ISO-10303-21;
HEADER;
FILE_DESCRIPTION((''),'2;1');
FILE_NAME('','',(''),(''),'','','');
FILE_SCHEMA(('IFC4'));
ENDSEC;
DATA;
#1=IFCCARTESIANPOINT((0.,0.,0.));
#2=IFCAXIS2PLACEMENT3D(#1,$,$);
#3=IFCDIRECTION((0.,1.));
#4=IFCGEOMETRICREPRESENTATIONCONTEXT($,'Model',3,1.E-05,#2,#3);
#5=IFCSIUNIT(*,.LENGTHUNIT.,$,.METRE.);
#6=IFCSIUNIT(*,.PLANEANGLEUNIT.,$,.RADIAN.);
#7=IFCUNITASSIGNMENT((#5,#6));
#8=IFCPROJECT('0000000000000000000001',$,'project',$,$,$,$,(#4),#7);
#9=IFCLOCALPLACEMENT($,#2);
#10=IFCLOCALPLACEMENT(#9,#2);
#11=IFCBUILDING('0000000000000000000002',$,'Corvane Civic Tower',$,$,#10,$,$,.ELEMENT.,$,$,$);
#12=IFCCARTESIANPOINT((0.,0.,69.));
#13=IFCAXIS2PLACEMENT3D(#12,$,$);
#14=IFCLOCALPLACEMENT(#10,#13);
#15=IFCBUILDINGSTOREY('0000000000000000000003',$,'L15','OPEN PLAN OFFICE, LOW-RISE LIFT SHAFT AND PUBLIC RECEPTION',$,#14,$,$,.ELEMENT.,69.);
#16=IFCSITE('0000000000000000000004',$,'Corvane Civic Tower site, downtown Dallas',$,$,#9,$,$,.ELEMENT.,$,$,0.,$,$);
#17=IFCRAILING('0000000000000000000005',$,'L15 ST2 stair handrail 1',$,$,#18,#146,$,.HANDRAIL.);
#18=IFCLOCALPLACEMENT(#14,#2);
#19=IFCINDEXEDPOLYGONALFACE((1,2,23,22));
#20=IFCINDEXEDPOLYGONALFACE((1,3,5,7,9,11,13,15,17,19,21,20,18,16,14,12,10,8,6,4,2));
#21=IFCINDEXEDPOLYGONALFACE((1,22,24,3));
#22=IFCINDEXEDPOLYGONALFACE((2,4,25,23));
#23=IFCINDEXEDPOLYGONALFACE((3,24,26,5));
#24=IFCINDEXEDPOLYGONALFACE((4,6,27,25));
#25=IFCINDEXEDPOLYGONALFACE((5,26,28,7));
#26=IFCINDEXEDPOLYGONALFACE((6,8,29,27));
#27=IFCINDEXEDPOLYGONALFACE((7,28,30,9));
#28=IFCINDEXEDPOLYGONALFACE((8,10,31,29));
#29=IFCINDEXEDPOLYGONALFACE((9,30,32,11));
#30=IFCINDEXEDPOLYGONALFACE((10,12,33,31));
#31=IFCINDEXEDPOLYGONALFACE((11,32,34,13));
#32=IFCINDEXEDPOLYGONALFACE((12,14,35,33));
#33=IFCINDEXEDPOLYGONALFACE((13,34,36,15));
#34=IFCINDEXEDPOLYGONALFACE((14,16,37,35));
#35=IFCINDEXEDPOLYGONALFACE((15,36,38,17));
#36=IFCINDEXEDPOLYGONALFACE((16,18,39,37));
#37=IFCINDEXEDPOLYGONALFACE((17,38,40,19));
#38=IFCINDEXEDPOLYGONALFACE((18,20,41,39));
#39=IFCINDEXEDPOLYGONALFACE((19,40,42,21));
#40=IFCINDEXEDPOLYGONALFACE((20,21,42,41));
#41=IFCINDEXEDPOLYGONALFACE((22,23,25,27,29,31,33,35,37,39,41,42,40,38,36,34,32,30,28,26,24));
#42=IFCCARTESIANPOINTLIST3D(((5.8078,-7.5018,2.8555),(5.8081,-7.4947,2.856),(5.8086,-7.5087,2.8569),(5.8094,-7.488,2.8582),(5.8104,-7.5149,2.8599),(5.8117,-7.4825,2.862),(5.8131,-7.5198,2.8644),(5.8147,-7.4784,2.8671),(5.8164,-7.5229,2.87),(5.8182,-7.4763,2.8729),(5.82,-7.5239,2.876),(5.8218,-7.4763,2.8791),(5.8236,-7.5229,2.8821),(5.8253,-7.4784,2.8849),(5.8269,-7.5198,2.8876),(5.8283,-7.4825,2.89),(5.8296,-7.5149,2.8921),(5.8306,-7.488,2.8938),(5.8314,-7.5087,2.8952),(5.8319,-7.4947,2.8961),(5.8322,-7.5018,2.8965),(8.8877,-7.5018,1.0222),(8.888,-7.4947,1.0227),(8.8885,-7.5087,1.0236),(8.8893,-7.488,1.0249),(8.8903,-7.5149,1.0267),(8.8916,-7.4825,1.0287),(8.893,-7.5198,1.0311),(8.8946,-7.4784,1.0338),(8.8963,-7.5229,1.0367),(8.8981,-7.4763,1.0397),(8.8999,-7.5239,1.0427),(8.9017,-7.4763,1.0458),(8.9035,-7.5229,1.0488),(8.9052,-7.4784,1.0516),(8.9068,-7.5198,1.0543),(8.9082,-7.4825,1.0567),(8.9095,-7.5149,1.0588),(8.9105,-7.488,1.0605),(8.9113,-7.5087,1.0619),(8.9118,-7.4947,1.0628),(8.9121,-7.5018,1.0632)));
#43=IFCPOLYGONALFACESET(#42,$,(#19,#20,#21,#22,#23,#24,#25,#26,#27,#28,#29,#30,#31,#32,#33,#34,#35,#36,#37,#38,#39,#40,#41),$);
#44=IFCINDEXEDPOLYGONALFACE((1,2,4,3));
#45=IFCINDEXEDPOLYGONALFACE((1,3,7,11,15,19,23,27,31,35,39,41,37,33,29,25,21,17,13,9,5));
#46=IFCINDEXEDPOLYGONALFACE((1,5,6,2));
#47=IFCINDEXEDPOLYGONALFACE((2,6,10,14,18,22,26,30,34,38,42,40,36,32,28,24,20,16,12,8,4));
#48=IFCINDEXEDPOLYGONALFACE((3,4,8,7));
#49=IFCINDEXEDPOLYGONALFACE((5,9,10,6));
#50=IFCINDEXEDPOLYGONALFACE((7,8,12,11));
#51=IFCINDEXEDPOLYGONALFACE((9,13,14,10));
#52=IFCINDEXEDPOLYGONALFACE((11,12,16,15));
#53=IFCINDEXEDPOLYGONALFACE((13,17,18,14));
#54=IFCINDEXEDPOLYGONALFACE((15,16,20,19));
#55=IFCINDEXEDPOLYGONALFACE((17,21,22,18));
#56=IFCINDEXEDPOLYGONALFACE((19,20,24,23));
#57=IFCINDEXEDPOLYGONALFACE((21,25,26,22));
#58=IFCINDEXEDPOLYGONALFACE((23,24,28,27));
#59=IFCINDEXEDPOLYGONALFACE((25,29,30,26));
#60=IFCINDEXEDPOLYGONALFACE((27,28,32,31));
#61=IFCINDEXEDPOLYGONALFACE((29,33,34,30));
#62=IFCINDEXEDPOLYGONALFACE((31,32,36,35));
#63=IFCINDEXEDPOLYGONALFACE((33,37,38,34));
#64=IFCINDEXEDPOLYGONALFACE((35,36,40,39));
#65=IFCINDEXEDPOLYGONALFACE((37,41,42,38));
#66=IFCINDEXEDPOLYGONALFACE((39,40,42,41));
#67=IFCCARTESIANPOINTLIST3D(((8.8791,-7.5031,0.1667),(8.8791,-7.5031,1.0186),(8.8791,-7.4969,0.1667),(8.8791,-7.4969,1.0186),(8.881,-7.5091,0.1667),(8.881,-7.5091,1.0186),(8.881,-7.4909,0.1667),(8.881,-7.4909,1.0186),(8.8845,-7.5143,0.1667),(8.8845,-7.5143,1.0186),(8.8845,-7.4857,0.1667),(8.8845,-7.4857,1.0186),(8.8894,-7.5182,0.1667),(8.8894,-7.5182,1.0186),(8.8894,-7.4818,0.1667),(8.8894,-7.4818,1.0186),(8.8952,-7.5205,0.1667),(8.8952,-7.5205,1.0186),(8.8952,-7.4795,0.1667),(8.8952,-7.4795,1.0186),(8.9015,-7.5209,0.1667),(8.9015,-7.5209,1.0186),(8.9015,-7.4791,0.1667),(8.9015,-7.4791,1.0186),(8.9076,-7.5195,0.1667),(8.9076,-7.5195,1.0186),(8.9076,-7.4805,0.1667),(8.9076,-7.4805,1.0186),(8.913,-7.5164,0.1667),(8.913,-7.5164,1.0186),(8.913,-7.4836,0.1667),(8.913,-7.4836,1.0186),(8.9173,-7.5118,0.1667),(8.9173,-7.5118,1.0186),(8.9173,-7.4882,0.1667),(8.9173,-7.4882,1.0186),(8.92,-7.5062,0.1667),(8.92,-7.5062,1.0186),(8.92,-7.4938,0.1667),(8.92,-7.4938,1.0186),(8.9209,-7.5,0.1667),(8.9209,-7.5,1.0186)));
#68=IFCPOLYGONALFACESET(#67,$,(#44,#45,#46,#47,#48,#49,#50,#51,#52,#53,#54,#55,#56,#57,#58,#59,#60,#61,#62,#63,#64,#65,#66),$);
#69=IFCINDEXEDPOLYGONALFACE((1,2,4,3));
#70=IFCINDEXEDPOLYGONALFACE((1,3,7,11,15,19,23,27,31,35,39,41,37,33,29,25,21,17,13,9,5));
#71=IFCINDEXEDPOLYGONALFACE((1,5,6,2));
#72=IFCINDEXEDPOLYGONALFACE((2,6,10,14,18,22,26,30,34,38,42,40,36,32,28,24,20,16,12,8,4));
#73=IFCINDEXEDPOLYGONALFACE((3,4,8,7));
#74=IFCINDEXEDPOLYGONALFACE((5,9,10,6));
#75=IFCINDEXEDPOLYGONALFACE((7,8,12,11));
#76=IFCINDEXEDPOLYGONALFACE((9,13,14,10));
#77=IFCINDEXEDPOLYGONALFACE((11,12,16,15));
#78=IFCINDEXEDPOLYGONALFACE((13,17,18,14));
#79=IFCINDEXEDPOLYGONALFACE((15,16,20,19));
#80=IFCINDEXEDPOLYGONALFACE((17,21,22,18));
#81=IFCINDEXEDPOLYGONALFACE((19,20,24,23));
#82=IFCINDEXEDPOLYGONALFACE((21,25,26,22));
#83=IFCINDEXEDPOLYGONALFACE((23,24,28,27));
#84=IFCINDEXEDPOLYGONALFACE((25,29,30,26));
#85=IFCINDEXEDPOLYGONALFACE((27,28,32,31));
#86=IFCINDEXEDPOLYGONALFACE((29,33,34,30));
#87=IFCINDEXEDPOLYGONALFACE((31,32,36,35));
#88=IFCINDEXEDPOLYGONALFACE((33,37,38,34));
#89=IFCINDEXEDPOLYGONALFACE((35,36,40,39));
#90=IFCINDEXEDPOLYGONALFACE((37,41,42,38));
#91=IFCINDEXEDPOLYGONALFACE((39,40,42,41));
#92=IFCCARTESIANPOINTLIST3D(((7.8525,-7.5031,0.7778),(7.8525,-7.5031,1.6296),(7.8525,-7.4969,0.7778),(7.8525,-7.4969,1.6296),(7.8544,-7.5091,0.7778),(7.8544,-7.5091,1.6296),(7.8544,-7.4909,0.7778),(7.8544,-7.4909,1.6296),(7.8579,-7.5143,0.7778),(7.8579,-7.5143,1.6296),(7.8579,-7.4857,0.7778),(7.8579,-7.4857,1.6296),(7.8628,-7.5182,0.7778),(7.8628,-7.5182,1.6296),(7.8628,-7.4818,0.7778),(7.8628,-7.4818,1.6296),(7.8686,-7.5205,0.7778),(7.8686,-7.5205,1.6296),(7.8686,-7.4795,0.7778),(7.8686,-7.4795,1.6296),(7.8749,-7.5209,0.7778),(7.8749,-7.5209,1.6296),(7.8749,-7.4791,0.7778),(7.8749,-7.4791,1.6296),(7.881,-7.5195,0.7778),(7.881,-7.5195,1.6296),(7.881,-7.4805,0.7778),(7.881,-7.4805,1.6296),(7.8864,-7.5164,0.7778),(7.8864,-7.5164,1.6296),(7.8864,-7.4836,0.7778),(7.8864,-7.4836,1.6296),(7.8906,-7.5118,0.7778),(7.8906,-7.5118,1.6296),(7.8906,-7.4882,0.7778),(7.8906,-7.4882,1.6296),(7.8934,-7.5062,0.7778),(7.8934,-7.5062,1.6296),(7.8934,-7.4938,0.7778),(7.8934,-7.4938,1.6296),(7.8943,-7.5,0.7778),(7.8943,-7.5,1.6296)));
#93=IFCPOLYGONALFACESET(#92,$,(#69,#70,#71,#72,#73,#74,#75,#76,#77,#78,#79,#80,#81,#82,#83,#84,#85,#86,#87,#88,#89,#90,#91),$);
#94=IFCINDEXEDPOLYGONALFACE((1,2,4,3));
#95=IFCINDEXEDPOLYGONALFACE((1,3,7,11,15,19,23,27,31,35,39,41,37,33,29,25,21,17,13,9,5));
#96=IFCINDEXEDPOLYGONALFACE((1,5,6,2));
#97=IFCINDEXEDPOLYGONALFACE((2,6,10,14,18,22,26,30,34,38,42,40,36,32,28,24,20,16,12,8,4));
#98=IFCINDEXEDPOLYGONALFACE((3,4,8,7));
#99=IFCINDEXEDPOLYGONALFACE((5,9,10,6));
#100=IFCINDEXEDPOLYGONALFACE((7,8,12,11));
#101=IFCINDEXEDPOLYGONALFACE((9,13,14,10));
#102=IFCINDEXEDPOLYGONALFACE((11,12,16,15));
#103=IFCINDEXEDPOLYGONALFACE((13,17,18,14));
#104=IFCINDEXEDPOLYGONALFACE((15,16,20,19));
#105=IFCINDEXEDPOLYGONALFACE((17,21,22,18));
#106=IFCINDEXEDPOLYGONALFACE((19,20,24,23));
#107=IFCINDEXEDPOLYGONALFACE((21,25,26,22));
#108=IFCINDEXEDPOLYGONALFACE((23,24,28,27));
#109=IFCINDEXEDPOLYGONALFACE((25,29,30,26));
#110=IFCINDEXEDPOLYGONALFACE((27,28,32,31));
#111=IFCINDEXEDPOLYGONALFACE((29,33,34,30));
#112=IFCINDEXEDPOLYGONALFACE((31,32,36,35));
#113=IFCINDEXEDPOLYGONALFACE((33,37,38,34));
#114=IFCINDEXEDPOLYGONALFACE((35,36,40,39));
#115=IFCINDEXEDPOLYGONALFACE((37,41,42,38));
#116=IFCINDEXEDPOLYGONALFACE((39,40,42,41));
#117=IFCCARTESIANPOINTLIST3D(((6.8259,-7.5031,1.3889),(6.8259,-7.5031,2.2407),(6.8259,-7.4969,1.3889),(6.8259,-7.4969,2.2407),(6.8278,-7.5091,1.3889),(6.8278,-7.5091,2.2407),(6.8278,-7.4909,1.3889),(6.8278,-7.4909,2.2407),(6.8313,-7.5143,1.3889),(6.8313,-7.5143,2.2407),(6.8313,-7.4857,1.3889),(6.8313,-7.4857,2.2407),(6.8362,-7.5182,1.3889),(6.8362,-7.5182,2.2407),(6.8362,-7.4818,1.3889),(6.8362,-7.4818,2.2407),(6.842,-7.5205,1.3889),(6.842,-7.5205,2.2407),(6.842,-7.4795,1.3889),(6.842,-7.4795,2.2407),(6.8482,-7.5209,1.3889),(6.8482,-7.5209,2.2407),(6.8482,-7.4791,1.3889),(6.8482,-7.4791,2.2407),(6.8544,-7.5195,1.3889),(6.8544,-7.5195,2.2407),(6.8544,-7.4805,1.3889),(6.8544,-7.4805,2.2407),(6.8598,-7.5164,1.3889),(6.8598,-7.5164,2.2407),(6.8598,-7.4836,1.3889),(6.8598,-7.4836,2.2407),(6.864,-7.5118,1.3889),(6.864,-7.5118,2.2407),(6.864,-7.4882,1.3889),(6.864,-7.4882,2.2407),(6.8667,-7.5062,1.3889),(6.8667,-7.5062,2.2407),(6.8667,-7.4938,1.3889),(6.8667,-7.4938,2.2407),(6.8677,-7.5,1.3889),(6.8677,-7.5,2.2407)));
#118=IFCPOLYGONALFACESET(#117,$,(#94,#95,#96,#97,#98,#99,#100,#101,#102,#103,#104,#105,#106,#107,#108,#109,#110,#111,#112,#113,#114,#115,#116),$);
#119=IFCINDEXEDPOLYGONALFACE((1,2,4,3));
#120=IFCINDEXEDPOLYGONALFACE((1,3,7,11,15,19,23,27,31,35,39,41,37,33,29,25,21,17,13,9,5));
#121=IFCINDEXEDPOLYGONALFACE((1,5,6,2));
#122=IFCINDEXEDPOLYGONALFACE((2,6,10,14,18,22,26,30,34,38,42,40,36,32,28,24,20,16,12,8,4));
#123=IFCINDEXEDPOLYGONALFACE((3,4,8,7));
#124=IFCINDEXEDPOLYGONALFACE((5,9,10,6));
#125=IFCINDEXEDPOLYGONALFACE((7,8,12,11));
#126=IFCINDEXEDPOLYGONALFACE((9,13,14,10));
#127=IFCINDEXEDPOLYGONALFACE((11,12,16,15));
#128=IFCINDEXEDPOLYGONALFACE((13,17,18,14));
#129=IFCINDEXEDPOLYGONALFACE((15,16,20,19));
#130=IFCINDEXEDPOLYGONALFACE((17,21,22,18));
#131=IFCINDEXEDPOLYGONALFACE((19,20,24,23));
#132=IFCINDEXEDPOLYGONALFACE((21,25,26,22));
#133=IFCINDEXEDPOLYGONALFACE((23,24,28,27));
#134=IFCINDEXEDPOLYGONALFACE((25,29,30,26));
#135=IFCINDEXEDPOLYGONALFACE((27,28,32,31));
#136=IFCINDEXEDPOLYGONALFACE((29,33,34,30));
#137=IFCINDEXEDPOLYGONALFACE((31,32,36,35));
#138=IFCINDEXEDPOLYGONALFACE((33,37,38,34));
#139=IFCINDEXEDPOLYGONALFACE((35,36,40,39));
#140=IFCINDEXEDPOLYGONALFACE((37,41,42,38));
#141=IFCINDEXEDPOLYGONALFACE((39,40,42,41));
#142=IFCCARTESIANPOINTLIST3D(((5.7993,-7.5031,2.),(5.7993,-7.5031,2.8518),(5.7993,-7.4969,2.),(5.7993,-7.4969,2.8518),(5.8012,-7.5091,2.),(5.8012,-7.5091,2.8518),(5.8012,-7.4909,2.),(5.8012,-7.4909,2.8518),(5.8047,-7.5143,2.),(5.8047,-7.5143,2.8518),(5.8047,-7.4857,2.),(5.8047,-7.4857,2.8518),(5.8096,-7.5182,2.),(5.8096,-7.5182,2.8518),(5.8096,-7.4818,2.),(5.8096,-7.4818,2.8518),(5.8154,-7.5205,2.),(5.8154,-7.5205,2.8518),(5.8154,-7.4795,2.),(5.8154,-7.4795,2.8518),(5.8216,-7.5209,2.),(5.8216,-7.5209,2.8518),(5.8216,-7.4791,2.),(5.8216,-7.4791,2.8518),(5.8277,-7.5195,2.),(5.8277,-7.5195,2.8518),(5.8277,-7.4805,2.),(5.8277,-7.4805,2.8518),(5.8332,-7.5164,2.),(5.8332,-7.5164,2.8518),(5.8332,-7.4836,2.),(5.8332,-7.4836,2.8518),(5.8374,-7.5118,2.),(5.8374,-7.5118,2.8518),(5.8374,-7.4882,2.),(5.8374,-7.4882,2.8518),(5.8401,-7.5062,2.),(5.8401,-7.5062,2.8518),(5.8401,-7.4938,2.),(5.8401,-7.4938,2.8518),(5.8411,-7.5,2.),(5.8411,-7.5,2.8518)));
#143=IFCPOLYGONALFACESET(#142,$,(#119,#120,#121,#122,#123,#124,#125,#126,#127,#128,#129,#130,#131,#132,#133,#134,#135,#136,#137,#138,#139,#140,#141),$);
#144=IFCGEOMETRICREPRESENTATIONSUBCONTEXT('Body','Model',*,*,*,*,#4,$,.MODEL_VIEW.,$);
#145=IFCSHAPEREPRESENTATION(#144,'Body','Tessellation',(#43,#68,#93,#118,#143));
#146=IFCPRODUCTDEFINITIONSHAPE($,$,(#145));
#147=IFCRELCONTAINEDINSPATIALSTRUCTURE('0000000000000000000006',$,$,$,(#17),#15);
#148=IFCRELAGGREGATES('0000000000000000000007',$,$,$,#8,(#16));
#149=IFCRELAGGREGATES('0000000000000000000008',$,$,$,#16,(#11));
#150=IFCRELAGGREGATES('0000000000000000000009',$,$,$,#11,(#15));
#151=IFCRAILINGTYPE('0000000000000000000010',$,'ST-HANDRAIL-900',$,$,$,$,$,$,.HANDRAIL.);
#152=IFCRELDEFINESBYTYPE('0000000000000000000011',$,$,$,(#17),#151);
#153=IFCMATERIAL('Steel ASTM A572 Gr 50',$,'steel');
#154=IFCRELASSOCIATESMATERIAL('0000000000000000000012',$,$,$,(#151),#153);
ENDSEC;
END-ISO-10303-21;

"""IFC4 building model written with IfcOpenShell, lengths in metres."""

from ifc_helpers import new_model, si_unit, direction, frame, origin, origin_2d, place, context, subcontext, project, spatial, circle, extrude, material, type_object, element, save


model = new_model("IFC4")

# Units and contexts
model_context = context("Model", 3, precision=1e-05, world=origin(), true_north=direction((0.0, 1.0)))
body_context = subcontext(model_context, "Body", "Model", "MODEL_VIEW")
ifc_project = project(units=[si_unit("LENGTHUNIT", "METRE"), si_unit("PLANEANGLEUNIT", "RADIAN")], contexts=[model_context])

# Site, building, storey
site_placement = place(None, origin())
site = spatial("IfcSite", under=ifc_project, at=site_placement, Name="Corvane Civic Tower site, downtown Dallas", CompositionType="ELEMENT", RefElevation=0.0)
building_placement = place(site_placement, origin())
building = spatial("IfcBuilding", under=site, at=building_placement, Name="Corvane Civic Tower", CompositionType="ELEMENT")
storey_placement = place(building_placement, frame((0.0, 0.0, 69.0)))
storey = spatial("IfcBuildingStorey", under=building, at=storey_placement, Name="L15", Description="OPEN PLAN OFFICE, LOW-RISE LIFT SHAFT AND PUBLIC RECEPTION", CompositionType="ELEMENT", Elevation=69.0)

# Railing
ifc_material_1 = material(Name="Steel ASTM A572 Gr 50", Category="steel")
railing_type_1 = type_object("IfcRailingType", Name="ST-HANDRAIL-900", PredefinedType="HANDRAIL", material=ifc_material_1)
railing_1_placement = place(storey_placement, frame((8.8999, -7.5, 0.1667)))
element("IfcRailing", 1, at=railing_1_placement, inside=storey, type_object=railing_type_1, Name="L15 ST2 stair handrail 1", PredefinedType="HANDRAIL", context=body_context, shape_type="SweptSolid", body=[
    extrude(circle(Radius=0.0239, at=origin_2d()), frame((0.0, 0.0, 0.876), z_axis=(-0.859291, 0.0, 0.511487), x_axis=(0.0, -1.0, 0.0)), (0.0, 0.0, 1.0), 3.5842),
    extrude(circle(Radius=0.021, at=origin_2d()), origin(), (0.0, 0.0, 1.0), 0.8518),
    extrude(circle(Radius=0.021, at=origin_2d()), frame((-1.0266, 0.0, 0.6111)), (0.0, 0.0, 1.0), 0.8518),
    extrude(circle(Radius=0.021, at=origin_2d()), frame((-2.0532, 0.0, 1.2222)), (0.0, 0.0, 1.0), 0.8518),
    extrude(circle(Radius=0.021, at=origin_2d()), frame((-3.0798, 0.0, 1.8333)), (0.0, 0.0, 1.0), 0.8518),
])

save(model, "model.ifc")
